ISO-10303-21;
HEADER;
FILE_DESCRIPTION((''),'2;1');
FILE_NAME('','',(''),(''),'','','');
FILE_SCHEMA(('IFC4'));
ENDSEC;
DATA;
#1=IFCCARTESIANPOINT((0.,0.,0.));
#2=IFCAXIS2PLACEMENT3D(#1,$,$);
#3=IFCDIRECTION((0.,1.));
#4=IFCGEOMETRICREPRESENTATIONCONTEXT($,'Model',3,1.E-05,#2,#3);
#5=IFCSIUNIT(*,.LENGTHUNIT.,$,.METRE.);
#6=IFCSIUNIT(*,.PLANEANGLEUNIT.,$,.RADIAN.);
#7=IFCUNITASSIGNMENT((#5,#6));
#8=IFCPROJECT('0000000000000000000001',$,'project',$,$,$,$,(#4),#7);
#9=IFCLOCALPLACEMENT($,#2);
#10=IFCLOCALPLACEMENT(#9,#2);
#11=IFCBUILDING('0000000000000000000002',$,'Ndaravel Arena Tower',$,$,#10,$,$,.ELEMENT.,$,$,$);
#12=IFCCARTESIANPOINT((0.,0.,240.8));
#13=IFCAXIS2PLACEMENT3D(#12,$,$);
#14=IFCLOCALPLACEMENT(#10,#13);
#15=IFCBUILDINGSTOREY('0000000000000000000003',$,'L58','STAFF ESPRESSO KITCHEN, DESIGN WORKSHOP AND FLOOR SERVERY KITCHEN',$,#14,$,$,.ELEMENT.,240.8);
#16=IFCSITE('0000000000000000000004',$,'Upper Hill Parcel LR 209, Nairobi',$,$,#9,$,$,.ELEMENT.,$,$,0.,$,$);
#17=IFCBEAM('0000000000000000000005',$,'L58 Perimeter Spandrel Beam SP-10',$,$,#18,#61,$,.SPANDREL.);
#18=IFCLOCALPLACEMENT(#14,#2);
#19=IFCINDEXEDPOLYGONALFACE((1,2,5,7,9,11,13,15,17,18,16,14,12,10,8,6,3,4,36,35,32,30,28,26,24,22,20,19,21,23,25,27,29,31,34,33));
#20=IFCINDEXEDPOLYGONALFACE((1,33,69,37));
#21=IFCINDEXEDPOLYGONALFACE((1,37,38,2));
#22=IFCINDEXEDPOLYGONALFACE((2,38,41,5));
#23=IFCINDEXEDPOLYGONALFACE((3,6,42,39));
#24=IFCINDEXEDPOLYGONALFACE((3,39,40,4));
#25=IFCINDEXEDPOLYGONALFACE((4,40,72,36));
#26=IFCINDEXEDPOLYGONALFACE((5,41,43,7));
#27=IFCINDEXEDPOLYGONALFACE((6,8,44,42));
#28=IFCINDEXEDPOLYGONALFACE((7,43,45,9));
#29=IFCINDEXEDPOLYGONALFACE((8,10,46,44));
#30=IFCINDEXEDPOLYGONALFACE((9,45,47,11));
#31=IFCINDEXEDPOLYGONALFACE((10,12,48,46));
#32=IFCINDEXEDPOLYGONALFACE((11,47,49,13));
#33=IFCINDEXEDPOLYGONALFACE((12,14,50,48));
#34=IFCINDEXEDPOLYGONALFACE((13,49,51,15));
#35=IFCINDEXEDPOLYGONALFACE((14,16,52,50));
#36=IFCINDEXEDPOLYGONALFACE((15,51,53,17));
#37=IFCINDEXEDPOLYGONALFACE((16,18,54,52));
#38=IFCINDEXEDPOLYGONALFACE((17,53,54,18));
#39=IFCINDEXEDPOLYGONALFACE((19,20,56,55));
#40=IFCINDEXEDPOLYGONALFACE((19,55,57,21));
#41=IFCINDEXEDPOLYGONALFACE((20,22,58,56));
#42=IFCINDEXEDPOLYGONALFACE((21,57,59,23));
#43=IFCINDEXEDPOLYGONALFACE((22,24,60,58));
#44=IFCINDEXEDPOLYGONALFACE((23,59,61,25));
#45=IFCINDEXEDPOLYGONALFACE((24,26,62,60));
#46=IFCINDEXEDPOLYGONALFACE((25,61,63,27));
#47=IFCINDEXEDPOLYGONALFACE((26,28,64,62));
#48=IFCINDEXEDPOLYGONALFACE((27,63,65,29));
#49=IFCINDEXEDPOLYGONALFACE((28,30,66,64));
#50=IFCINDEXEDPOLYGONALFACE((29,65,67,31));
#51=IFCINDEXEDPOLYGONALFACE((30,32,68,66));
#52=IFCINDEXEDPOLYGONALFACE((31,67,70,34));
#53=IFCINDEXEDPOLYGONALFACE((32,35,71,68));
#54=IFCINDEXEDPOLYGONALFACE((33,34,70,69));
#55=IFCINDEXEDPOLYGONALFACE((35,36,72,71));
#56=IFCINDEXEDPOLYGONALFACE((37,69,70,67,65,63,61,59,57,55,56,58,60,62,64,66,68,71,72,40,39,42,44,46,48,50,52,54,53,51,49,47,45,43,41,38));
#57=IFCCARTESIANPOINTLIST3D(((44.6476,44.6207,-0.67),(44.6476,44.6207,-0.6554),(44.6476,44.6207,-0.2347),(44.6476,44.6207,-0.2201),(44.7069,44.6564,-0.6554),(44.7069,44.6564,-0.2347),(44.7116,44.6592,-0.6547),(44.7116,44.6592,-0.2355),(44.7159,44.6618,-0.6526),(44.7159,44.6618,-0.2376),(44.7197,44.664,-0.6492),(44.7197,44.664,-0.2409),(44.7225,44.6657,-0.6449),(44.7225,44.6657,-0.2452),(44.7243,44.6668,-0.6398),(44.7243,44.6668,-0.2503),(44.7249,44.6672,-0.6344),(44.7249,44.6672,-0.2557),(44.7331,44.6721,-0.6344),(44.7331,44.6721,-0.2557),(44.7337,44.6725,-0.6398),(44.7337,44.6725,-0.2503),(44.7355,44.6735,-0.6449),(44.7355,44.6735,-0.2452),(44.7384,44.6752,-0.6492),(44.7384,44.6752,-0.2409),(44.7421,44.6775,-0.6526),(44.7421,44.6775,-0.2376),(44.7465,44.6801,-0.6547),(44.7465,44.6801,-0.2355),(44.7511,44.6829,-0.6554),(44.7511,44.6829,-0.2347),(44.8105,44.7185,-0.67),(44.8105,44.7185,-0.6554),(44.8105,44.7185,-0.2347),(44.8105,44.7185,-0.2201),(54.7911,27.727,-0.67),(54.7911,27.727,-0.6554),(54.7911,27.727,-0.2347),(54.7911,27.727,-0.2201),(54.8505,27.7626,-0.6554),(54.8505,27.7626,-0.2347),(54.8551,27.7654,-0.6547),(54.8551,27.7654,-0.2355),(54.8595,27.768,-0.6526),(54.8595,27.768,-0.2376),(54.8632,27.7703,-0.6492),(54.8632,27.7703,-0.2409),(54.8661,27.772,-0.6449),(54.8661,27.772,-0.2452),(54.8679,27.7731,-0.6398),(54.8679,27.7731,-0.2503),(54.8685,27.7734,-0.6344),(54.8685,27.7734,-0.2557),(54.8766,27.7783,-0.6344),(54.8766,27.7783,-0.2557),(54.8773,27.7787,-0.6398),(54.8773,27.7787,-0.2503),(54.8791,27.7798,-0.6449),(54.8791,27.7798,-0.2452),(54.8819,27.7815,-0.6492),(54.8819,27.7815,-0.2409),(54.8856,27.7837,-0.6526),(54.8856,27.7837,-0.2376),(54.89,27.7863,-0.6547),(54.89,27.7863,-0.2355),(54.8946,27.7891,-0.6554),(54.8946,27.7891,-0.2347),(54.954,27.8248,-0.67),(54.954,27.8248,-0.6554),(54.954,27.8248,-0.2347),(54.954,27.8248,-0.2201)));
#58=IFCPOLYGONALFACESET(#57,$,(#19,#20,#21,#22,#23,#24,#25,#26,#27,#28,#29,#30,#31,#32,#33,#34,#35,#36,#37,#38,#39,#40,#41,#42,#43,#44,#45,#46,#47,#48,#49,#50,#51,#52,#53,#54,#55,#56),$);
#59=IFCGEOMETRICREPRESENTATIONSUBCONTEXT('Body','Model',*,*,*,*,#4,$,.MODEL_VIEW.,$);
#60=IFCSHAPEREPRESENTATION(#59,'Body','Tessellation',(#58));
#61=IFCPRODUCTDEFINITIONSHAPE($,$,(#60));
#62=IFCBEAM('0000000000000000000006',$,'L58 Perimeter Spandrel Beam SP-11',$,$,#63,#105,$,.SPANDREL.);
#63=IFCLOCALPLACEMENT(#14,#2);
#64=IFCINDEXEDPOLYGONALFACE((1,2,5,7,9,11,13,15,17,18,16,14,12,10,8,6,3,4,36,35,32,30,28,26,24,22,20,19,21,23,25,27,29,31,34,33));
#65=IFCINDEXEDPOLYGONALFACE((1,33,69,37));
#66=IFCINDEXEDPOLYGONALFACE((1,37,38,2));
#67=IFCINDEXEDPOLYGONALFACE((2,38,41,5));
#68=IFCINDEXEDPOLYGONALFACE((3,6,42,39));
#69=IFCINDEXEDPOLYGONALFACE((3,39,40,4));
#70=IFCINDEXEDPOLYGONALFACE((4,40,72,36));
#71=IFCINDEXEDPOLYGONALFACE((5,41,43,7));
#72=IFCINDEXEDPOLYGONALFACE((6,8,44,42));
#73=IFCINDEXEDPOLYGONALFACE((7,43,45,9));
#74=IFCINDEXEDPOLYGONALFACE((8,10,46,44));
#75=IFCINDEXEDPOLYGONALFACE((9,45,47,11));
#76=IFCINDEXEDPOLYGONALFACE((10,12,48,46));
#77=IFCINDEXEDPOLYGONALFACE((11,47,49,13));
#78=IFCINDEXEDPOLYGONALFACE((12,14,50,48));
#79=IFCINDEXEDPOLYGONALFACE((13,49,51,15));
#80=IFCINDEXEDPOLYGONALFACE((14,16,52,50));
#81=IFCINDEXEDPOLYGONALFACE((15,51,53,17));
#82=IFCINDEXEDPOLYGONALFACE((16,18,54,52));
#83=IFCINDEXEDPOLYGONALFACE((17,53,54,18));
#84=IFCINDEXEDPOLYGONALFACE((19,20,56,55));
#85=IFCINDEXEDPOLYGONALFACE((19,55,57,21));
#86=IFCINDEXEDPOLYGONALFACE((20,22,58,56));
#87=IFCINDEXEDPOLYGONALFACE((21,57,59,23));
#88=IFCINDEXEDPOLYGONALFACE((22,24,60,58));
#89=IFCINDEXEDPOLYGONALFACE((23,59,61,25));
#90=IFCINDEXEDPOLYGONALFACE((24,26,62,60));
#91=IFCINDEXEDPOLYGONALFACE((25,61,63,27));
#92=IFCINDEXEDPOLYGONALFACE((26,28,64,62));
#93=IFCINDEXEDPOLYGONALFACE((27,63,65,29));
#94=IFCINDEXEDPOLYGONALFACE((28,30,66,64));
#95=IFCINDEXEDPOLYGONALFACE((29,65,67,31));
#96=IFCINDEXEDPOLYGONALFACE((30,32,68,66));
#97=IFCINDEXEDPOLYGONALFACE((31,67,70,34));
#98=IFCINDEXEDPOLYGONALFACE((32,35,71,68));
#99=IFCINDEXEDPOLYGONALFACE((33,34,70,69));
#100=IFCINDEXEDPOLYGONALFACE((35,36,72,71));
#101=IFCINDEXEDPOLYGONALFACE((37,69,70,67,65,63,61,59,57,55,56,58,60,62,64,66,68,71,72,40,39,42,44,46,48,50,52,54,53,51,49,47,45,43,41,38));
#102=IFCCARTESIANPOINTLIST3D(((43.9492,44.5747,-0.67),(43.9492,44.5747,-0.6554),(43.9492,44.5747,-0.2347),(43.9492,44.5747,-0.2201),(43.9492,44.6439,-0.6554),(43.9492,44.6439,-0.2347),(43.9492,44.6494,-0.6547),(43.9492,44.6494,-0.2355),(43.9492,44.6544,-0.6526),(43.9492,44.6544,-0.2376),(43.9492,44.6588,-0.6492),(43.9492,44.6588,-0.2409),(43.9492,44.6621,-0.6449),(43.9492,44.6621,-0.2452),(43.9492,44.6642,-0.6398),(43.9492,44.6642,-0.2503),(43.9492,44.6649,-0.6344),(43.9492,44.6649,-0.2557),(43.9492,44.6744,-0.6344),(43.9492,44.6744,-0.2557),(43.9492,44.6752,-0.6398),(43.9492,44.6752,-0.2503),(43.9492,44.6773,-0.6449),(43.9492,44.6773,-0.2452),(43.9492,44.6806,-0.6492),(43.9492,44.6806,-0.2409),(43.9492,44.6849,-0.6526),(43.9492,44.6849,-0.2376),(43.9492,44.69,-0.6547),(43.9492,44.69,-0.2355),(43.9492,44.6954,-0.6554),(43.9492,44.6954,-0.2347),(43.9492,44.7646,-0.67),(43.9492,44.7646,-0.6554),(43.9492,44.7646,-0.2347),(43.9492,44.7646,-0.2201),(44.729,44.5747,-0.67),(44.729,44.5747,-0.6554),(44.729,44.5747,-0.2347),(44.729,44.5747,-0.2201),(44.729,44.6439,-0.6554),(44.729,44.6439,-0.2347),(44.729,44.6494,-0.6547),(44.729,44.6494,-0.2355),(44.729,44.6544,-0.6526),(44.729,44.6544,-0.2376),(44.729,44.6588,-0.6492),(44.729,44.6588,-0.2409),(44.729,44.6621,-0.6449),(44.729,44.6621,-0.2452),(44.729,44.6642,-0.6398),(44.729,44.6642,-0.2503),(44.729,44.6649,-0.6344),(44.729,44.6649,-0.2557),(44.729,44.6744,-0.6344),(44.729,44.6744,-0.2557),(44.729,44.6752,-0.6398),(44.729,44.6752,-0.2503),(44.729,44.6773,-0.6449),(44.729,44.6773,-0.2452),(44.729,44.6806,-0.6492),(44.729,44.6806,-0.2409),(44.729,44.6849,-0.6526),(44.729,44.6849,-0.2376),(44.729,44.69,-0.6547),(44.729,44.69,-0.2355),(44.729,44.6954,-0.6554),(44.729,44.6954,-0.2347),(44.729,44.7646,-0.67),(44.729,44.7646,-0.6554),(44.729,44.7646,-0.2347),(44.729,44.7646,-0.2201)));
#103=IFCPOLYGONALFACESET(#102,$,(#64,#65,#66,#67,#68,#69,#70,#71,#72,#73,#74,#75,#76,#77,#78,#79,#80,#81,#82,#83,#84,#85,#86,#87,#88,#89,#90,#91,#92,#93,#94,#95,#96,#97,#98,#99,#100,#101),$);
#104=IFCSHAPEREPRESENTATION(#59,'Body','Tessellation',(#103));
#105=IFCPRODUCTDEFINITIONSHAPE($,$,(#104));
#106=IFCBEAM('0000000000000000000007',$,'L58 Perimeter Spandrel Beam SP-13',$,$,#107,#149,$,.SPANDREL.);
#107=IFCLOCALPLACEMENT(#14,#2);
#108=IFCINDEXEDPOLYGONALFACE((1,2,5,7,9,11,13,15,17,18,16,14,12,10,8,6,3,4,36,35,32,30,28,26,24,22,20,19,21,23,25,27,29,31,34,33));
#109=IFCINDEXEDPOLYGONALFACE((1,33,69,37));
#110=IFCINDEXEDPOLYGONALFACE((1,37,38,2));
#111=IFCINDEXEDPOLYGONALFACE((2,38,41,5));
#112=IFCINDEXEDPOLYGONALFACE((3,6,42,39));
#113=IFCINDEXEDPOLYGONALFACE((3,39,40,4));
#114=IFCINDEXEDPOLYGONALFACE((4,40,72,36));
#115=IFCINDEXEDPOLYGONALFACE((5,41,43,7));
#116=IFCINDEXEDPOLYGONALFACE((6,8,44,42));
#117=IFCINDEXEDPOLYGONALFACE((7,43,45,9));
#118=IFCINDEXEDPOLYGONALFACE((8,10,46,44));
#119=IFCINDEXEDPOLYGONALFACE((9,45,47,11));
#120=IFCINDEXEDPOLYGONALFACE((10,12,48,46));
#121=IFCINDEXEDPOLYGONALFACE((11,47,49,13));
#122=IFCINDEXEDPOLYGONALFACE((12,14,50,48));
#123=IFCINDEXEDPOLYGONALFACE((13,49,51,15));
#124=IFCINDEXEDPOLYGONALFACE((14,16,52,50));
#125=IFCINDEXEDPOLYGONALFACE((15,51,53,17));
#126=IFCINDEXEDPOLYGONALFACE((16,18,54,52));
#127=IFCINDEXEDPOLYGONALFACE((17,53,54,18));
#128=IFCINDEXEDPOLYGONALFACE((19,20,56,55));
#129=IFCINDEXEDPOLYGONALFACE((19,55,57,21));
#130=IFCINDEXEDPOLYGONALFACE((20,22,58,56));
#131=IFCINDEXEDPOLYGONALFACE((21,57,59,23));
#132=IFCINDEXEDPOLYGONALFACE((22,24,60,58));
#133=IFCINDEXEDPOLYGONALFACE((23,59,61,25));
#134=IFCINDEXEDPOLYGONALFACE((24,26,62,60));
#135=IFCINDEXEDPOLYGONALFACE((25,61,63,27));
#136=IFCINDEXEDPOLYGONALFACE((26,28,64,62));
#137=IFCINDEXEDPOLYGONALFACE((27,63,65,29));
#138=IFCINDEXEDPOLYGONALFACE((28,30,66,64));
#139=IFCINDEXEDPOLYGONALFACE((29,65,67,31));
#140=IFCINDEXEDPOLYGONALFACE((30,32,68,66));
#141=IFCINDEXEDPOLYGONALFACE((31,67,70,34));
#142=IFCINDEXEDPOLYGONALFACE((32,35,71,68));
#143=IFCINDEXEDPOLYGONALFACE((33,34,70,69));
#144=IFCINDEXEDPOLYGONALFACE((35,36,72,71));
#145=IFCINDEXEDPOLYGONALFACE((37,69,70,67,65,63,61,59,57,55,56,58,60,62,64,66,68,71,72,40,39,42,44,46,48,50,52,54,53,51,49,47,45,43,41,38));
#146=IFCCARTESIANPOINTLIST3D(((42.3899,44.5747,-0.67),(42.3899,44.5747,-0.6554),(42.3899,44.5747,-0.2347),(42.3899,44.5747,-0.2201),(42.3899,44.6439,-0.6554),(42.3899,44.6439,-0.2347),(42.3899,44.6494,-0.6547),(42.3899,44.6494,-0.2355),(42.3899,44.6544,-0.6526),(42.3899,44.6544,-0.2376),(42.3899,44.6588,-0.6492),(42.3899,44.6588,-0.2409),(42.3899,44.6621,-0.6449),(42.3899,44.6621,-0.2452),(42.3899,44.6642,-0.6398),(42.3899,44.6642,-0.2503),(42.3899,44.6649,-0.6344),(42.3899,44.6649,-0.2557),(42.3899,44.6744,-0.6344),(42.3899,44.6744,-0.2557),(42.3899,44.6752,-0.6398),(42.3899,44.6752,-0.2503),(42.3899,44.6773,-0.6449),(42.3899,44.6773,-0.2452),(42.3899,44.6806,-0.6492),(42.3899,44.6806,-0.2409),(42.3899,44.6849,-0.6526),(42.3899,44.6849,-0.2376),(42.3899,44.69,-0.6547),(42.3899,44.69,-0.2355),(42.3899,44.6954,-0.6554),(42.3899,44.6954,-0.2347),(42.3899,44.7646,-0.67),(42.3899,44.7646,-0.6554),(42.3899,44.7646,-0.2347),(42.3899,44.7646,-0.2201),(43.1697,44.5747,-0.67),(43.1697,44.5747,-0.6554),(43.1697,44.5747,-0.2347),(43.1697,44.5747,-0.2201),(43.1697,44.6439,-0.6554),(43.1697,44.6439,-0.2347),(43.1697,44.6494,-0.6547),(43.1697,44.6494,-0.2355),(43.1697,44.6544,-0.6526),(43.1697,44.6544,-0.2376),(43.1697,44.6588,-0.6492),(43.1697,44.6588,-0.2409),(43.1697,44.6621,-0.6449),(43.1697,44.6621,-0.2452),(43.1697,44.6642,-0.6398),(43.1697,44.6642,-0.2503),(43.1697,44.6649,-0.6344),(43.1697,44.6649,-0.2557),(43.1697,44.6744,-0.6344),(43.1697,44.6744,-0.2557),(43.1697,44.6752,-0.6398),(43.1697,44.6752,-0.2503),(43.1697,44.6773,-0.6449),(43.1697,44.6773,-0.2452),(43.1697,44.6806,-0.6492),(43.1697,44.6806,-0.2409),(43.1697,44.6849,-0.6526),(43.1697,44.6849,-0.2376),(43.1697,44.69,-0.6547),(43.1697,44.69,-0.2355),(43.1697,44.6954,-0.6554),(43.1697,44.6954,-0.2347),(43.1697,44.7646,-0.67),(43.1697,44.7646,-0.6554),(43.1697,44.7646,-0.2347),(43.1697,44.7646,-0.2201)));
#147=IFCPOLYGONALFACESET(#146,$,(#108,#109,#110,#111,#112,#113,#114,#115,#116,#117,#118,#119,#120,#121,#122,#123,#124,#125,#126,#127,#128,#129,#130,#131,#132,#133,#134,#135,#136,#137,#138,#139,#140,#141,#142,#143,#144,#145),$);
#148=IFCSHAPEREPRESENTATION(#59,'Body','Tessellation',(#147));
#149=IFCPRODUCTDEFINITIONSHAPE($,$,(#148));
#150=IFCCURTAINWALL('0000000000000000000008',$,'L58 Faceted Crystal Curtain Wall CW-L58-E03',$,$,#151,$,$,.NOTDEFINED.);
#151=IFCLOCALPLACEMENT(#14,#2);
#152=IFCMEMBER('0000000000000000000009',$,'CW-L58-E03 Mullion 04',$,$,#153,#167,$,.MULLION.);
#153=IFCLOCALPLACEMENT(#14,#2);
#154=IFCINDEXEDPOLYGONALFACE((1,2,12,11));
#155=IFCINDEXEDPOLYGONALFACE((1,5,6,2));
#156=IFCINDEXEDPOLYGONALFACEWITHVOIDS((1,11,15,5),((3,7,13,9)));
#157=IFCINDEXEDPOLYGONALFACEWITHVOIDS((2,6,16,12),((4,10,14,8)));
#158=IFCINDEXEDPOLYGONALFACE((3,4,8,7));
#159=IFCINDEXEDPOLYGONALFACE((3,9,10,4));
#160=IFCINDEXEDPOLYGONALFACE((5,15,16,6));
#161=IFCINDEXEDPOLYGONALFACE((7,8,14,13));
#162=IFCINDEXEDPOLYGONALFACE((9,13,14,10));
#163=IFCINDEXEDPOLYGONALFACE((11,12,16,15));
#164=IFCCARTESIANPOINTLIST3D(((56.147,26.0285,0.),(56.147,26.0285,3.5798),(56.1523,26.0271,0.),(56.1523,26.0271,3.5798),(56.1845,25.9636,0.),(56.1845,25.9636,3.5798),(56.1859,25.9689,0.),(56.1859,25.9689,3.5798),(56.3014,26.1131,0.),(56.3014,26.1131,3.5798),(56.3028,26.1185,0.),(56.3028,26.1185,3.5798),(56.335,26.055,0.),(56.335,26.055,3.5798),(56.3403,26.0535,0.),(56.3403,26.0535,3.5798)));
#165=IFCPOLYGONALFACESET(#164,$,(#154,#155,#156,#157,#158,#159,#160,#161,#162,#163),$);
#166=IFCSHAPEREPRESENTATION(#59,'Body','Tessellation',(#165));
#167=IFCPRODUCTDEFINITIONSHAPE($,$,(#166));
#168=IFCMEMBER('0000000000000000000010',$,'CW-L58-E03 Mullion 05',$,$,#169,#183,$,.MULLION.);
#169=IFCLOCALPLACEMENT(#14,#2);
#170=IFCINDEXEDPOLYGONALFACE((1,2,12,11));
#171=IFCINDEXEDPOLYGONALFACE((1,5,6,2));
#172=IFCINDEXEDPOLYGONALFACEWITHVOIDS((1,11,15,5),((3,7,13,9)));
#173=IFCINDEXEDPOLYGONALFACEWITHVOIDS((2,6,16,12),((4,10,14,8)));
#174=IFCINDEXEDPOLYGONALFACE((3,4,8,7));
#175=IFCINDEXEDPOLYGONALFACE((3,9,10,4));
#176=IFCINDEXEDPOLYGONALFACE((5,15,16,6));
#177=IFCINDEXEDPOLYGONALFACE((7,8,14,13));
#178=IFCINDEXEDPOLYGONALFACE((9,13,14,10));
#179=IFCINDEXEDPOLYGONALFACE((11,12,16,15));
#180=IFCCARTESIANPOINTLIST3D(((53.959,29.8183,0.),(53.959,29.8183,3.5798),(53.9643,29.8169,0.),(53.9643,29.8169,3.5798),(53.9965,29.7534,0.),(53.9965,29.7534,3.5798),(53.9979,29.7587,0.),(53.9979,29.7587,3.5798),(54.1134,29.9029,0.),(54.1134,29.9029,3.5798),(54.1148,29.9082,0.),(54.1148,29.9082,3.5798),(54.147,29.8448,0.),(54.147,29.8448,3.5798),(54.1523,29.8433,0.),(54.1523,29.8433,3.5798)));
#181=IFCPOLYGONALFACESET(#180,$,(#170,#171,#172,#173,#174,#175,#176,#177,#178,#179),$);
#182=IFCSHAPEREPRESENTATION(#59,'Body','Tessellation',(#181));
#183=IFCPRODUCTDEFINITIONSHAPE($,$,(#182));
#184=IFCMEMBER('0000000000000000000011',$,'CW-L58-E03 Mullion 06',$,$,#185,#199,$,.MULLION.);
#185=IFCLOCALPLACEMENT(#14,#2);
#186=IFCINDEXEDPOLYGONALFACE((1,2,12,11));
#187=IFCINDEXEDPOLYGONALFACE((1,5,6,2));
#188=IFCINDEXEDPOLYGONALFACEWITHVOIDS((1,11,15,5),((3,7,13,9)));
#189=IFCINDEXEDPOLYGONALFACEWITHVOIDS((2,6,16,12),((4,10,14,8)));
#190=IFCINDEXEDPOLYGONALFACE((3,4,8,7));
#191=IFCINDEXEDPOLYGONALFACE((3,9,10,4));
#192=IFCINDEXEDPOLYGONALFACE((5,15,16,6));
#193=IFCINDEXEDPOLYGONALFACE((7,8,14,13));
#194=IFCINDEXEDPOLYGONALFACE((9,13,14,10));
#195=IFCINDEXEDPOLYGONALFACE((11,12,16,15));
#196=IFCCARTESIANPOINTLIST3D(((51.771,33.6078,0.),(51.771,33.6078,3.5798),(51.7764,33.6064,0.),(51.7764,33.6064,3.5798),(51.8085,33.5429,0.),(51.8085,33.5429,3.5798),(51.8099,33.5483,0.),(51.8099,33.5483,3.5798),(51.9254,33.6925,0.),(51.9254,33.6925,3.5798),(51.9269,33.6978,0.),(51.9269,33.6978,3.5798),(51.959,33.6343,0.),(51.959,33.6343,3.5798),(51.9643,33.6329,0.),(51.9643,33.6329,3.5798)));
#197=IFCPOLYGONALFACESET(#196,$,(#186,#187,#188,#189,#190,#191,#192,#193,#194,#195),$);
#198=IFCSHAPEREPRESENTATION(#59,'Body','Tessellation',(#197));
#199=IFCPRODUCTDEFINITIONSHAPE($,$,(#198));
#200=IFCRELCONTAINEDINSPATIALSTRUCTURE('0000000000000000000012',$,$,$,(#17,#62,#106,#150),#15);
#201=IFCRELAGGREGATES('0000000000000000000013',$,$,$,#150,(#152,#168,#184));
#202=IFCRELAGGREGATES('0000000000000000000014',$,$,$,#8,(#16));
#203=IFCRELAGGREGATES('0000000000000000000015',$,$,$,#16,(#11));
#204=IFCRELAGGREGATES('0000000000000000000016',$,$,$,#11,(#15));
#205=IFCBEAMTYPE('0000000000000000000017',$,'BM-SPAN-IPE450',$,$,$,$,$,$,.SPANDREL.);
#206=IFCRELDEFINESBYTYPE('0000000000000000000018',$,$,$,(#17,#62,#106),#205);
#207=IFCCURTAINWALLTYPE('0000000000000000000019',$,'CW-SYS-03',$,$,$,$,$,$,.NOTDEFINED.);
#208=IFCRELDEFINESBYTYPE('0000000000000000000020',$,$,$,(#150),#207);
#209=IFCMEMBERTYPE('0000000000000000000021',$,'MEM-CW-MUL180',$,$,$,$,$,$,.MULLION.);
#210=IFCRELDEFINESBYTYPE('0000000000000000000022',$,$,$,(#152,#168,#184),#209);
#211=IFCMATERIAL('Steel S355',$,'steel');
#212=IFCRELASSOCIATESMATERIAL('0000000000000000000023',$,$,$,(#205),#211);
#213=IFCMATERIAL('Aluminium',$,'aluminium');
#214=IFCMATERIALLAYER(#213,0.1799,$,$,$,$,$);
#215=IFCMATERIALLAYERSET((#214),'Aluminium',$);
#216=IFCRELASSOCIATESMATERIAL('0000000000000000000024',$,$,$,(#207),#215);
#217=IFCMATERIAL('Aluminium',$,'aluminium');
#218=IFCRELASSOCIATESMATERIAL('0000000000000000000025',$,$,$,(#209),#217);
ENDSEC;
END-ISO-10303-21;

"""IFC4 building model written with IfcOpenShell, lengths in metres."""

from ifc_helpers import new_model, si_unit, direction, frame, origin, origin_2d, place, context, subcontext, project, spatial, hollow_rectangle, i_section, extrude, material, layer, layer_set, material_profile, profile_set, type_object, element, aggregate, save


model = new_model("IFC4")

# Units and contexts
model_context = context("Model", 3, precision=1e-05, world=origin(), true_north=direction((0.0, 1.0)))
body_context = subcontext(model_context, "Body", "Model", "MODEL_VIEW")
ifc_project = project(units=[si_unit("LENGTHUNIT", "METRE"), si_unit("PLANEANGLEUNIT", "RADIAN")], contexts=[model_context])

# Site, building, storey
site_placement = place(None, origin())
site = spatial("IfcSite", under=ifc_project, at=site_placement, Name="Upper Hill Parcel LR 209, Nairobi", CompositionType="ELEMENT", RefElevation=0.0)
building_placement = place(site_placement, origin())
building = spatial("IfcBuilding", under=site, at=building_placement, Name="Ndaravel Arena Tower", CompositionType="ELEMENT")
storey_placement = place(building_placement, frame((0.0, 0.0, 240.8)))
storey = spatial("IfcBuildingStorey", under=building, at=storey_placement, Name="L58", Description="STAFF ESPRESSO KITCHEN, DESIGN WORKSHOP AND FLOOR SERVERY KITCHEN", CompositionType="ELEMENT", Elevation=240.8)

# Beams
ifc_material_1 = material(Name="Steel S355", Category="steel")
ifc_material_profile_1 = material_profile(ifc_material_1, i_section(OverallWidth=0.1899, OverallDepth=0.45, WebThickness=0.0095, FlangeThickness=0.0146, FilletRadius=0.021, at=origin_2d()), Name="IPE 450")
ifc_profile_set_1 = profile_set([ifc_material_profile_1], Name="Steel S355")
beam_type_1 = type_object("IfcBeamType", Name="BM-SPAN-IPE450", PredefinedType="SPANDREL", material=ifc_profile_set_1)
beam_1_placement = place(storey_placement, frame((54.8726, 27.7759, -0.4451), z_axis=(-0.514767, 0.85733, 0.0), x_axis=(-0.85733, -0.514767, 0.0)))
element("IfcBeam", 1, at=beam_1_placement, inside=storey, type_object=beam_type_1, Name="L58 Perimeter Spandrel Beam SP-10", PredefinedType="SPANDREL", context=body_context, shape_type="SweptSolid", body=[
    extrude(i_section(OverallWidth=0.1899, OverallDepth=0.45, WebThickness=0.0095, FlangeThickness=0.0146, FilletRadius=0.021, at=origin_2d()), origin(), (0.0, 0.0, 1.0), 19.7051),
])
for number, where, z_axis, x_axis, name in (
    (2, (44.729, 44.6697, -0.4451), (-1.0, 0.0, 0.0), (0.0, -1.0, 0.0), "L58 Perimeter Spandrel Beam SP-11"),
    (3, (43.1697, 44.6697, -0.4451), (-1.0, 0.0, 0.0), (0.0, -1.0, 0.0), "L58 Perimeter Spandrel Beam SP-13"),
):
    element("IfcBeam", number, at=place(storey_placement, frame(where, z_axis=z_axis, x_axis=x_axis)), inside=storey, type_object=beam_type_1, Name=name, PredefinedType="SPANDREL", context=body_context, shape_type="SweptSolid", body=[
        extrude(i_section(OverallWidth=0.1899, OverallDepth=0.45, WebThickness=0.0095, FlangeThickness=0.0146, FilletRadius=0.021, at=origin_2d()), origin(), (0.0, 0.0, 1.0), 0.7798),
    ])

# Curtain wall, members
ifc_material_2 = material(Name="Aluminium", Category="aluminium")
ifc_layer_1 = layer(ifc_material_2, 0.1799)
ifc_layer_set_1 = layer_set([ifc_layer_1], Name="Aluminium")
curtain_wall_type_1 = type_object("IfcCurtainWallType", Name="CW-SYS-03", PredefinedType="NOTDEFINED", material=ifc_layer_set_1)
curtain_wall_1_placement = place(storey_placement, origin())
curtain_wall_1 = element("IfcCurtainWall", 4, at=curtain_wall_1_placement, inside=storey, type_object=curtain_wall_type_1, Name="L58 Faceted Crystal Curtain Wall CW-L58-E03", PredefinedType="NOTDEFINED")
ifc_material_3 = material(Name="Aluminium", Category="aluminium")
ifc_material_profile_2 = material_profile(ifc_material_3, hollow_rectangle(XDim=0.075, YDim=0.1799, WallThickness=0.0039, at=origin_2d()), Name="CW MULLION 75x180x4")
ifc_profile_set_2 = profile_set([ifc_material_profile_2], Name="Aluminium")
member_type_1 = type_object("IfcMemberType", Name="MEM-CW-MUL180", PredefinedType="MULLION", material=ifc_profile_set_2)
member_1_placement = place(storey_placement, frame((56.2437, 26.041, 0.0), z_axis=(0.0, 0.0, 1.0), x_axis=(-0.5, 0.866025, 0.0)))
member_1 = element("IfcMember", 5, at=member_1_placement, type_object=member_type_1, Name="CW-L58-E03 Mullion 04", PredefinedType="MULLION", context=body_context, shape_type="SweptSolid", body=[
    extrude(hollow_rectangle(XDim=0.075, YDim=0.1799, WallThickness=0.0039, at=origin_2d()), origin(), (0.0, 0.0, 1.0), 3.5798),
])
member_2_placement = place(storey_placement, frame((54.0557, 29.8308, 0.0), z_axis=(0.0, 0.0, 1.0), x_axis=(-0.5, 0.866025, 0.0)))
member_2 = element("IfcMember", 6, at=member_2_placement, type_object=member_type_1, Name="CW-L58-E03 Mullion 05", PredefinedType="MULLION", context=body_context, shape_type="SweptSolid", body=[
    extrude(hollow_rectangle(XDim=0.075, YDim=0.1799, WallThickness=0.0039, at=origin_2d()), origin(), (0.0, 0.0, 1.0), 3.5798),
])
member_3_placement = place(storey_placement, frame((51.8677, 33.6204, 0.0), z_axis=(0.0, 0.0, 1.0), x_axis=(-0.5, 0.866025, 0.0)))
member_3 = element("IfcMember", 7, at=member_3_placement, type_object=member_type_1, Name="CW-L58-E03 Mullion 06", PredefinedType="MULLION", context=body_context, shape_type="SweptSolid", body=[
    extrude(hollow_rectangle(XDim=0.075, YDim=0.1799, WallThickness=0.0039, at=origin_2d()), origin(), (0.0, 0.0, 1.0), 3.5798),
])

aggregate(curtain_wall_1, [member_1, member_2, member_3])

save(model, "model.ifc")
